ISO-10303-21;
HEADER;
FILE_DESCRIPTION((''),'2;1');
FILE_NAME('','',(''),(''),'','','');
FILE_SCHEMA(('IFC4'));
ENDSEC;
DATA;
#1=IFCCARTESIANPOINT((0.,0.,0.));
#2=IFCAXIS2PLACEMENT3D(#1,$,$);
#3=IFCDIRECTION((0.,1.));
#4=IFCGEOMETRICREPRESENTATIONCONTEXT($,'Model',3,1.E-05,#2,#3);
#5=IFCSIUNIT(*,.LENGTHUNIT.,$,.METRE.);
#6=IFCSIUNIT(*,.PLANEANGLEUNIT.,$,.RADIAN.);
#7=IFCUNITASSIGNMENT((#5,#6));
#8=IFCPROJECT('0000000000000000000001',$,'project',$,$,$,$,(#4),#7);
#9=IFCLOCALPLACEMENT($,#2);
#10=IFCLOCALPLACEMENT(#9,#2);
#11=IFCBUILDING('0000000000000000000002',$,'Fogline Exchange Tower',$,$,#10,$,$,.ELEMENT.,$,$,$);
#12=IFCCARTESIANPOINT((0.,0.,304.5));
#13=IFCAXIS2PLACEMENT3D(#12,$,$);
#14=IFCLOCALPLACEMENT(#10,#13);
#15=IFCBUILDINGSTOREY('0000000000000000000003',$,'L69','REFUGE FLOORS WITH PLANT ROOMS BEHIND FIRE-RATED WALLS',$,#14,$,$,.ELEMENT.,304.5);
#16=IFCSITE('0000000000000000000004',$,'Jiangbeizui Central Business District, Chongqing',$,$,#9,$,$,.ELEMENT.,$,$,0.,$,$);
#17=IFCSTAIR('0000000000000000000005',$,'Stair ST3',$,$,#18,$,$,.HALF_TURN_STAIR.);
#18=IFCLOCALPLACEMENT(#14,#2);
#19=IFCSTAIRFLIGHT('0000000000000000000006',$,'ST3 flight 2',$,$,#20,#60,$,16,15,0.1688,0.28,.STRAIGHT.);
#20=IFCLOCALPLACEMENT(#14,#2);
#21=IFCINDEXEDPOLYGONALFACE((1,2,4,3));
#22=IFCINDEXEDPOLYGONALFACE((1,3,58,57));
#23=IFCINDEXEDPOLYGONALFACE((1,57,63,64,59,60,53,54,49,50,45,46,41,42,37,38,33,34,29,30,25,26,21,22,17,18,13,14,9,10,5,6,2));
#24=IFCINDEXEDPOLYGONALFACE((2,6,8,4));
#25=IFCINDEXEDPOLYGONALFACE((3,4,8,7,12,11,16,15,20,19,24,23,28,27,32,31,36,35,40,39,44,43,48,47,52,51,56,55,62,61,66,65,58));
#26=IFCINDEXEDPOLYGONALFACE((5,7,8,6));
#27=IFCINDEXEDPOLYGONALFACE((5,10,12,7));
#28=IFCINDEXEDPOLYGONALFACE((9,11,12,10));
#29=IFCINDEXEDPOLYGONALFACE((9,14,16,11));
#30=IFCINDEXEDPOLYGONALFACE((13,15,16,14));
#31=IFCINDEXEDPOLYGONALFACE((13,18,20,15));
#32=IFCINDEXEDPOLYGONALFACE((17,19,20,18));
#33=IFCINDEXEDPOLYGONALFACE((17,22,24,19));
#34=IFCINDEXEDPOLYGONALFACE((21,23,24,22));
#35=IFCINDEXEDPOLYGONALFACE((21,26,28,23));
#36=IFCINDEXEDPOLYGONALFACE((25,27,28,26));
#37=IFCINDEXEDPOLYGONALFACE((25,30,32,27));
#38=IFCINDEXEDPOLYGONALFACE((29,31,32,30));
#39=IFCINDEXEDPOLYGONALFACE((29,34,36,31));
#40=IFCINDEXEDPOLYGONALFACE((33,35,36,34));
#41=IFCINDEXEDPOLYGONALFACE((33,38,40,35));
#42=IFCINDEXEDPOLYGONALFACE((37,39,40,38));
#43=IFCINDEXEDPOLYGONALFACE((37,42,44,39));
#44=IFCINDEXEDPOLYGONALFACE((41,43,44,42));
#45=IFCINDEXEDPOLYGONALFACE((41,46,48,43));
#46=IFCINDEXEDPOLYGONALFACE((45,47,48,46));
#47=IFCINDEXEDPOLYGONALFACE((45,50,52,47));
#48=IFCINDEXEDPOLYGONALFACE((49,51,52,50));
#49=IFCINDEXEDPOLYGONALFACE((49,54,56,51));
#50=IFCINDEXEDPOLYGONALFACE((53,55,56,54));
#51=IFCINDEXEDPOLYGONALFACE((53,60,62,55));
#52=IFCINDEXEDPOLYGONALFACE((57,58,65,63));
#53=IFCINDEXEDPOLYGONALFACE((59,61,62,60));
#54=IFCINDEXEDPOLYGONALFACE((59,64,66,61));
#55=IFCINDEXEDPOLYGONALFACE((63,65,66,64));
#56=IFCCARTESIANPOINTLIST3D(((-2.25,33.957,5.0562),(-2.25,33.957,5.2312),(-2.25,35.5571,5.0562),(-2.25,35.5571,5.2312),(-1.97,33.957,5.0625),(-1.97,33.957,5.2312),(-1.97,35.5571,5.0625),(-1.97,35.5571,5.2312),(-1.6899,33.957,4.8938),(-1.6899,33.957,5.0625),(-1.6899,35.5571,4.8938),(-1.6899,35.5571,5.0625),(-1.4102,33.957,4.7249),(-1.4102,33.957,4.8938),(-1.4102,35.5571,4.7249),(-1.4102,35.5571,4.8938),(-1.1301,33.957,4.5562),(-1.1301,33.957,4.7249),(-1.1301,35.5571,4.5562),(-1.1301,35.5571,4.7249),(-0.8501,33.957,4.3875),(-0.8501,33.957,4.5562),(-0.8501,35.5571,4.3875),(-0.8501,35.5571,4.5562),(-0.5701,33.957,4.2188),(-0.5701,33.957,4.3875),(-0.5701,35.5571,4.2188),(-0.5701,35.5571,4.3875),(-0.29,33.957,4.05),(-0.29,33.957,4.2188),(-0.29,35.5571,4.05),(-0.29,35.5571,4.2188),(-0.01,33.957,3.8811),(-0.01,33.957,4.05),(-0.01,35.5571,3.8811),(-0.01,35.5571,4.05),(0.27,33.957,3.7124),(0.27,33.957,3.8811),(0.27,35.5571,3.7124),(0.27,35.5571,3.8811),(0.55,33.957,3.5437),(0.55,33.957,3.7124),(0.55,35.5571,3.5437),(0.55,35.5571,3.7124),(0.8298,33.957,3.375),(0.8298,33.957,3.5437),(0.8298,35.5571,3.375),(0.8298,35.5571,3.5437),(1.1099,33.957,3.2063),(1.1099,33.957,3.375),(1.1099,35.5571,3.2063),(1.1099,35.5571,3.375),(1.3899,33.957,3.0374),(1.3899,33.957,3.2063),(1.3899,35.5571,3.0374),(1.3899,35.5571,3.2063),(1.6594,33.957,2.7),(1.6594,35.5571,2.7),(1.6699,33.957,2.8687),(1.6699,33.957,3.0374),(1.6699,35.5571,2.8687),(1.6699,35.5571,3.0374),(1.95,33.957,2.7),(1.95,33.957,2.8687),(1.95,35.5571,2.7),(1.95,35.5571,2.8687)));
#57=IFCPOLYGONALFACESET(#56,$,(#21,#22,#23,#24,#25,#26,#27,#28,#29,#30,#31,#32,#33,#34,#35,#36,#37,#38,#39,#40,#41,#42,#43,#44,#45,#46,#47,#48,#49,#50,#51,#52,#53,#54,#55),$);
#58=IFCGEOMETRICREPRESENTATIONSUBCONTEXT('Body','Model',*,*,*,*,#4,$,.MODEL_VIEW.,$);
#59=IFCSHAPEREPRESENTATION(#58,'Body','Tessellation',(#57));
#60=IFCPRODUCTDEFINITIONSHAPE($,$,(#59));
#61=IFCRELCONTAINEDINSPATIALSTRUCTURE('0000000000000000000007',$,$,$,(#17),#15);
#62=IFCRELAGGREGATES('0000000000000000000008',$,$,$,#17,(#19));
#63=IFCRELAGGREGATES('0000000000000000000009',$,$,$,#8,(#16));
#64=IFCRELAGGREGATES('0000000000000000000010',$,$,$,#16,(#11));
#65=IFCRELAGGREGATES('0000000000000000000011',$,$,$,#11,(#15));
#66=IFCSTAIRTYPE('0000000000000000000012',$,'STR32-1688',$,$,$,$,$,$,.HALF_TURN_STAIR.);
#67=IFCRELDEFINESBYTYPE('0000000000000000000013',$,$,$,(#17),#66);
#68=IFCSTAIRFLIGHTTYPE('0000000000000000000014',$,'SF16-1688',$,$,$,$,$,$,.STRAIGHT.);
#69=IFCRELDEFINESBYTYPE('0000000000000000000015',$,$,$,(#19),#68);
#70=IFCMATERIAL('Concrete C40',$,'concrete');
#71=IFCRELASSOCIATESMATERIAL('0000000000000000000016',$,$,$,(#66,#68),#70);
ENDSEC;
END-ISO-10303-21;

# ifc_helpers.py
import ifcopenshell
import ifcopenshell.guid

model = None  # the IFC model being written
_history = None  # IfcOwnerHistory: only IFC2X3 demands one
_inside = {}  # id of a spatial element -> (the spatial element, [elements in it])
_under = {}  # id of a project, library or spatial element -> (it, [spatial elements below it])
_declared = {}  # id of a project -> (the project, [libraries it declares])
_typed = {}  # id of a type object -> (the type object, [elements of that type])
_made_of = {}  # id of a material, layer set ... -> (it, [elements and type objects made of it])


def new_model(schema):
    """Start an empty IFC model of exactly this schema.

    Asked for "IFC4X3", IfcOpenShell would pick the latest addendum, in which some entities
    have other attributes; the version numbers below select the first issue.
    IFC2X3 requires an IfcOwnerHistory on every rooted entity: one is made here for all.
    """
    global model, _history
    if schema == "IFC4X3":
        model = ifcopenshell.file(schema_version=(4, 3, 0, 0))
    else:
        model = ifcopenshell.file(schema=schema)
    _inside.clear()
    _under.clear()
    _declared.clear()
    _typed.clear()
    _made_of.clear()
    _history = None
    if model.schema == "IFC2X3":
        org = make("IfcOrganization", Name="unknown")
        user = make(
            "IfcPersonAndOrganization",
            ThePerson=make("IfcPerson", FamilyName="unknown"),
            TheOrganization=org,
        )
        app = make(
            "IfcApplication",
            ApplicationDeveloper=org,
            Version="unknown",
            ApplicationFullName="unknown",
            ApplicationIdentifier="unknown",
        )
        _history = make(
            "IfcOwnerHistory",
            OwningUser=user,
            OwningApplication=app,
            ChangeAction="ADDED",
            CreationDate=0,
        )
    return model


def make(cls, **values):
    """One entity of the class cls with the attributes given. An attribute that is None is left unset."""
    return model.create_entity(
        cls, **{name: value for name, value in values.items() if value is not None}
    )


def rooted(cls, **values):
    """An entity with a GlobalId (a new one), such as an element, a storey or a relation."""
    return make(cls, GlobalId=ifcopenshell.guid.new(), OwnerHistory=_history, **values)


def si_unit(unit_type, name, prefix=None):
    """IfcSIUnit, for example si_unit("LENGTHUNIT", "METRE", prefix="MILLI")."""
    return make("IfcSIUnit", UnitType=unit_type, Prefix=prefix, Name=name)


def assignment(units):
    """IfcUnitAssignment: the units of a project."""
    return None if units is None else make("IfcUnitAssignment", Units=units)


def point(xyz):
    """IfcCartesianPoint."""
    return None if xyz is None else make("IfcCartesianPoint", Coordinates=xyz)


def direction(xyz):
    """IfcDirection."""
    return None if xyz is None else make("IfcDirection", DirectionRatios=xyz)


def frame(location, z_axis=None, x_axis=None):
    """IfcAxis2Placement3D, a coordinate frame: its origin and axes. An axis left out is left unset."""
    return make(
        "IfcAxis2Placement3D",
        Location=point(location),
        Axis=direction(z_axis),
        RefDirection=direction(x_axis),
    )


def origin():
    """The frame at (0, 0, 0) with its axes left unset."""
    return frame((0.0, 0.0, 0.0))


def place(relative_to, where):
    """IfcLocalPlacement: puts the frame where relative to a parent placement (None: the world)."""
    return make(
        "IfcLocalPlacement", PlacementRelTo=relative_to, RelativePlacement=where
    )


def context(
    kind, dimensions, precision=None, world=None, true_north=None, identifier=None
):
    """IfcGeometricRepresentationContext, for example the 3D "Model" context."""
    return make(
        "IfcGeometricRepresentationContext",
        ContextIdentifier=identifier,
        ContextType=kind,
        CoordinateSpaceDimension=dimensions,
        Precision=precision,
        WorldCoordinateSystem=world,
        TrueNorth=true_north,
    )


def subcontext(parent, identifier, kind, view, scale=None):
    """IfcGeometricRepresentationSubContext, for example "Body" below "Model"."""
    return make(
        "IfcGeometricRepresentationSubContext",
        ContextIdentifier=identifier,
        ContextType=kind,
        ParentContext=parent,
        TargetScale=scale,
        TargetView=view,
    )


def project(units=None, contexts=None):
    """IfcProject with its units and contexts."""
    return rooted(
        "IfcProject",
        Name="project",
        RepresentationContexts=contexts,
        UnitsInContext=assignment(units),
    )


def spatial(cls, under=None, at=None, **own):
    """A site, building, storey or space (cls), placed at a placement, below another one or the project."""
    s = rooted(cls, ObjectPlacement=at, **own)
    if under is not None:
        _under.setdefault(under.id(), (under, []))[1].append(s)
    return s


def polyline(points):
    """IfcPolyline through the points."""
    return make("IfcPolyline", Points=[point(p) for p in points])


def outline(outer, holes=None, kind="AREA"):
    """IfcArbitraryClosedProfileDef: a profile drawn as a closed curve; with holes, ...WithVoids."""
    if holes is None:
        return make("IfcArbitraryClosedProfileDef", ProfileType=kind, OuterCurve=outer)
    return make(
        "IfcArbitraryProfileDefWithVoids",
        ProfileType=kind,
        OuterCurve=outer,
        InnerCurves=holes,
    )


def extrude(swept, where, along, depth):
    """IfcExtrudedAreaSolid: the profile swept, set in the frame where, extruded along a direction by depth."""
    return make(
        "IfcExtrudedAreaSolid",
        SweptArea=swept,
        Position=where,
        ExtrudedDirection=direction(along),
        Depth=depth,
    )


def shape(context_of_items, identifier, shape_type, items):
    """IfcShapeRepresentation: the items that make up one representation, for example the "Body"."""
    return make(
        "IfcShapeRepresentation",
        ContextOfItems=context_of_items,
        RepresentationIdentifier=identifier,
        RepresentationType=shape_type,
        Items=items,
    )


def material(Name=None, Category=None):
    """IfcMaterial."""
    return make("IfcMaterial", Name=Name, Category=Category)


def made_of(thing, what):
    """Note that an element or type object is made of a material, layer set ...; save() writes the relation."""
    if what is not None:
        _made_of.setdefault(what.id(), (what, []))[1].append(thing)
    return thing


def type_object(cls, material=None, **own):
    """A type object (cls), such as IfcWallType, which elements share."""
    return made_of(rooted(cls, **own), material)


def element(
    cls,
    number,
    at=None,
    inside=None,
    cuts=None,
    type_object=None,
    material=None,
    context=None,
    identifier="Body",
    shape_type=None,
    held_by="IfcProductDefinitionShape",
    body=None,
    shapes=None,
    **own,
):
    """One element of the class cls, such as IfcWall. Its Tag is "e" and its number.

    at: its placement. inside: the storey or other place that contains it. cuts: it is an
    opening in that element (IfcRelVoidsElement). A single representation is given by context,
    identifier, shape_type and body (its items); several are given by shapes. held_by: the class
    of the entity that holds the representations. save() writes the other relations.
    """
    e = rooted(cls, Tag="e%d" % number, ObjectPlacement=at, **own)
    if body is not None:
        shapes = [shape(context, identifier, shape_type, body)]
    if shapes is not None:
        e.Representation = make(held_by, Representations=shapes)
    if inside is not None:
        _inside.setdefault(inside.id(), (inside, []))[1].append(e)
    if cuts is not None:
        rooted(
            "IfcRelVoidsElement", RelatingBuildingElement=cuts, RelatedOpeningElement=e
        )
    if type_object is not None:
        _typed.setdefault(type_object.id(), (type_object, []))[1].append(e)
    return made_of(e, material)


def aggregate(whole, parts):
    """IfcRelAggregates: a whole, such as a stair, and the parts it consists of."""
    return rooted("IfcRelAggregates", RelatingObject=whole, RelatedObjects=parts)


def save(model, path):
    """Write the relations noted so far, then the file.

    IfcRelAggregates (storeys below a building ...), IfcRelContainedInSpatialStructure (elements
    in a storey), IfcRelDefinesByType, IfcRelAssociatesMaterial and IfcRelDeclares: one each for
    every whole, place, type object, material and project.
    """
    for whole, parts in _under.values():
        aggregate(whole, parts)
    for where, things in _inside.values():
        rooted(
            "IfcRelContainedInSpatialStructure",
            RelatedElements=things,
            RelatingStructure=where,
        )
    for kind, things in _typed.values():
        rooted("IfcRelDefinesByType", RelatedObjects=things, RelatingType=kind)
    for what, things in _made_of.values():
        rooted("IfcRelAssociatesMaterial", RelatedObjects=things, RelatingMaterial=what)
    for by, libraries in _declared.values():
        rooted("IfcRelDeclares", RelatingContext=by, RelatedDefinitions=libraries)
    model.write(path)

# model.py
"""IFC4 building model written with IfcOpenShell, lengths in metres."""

from ifc_helpers import new_model, si_unit, direction, frame, origin, place, context, subcontext, project, spatial, polyline, outline, extrude, material, type_object, element, aggregate, save


model = new_model("IFC4")

# Units and contexts
model_context = context("Model", 3, precision=1e-05, world=origin(), true_north=direction((0.0, 1.0)))
body_context = subcontext(model_context, "Body", "Model", "MODEL_VIEW")
ifc_project = project(units=[si_unit("LENGTHUNIT", "METRE"), si_unit("PLANEANGLEUNIT", "RADIAN")], contexts=[model_context])

# Site, building, storey
site_placement = place(None, origin())
site = spatial("IfcSite", under=ifc_project, at=site_placement, Name="Jiangbeizui Central Business District, Chongqing", CompositionType="ELEMENT", RefElevation=0.0)
building_placement = place(site_placement, origin())
building = spatial("IfcBuilding", under=site, at=building_placement, Name="Fogline Exchange Tower", CompositionType="ELEMENT")
storey_placement = place(building_placement, frame((0.0, 0.0, 304.5)))
storey = spatial("IfcBuildingStorey", under=building, at=storey_placement, Name="L69", Description="REFUGE FLOORS WITH PLANT ROOMS BEHIND FIRE-RATED WALLS", CompositionType="ELEMENT", Elevation=304.5)

# Shared definitions
ifc_material_1 = material(Name="Concrete C40", Category="concrete")

# Stair, stair flight
stair_type = type_object("IfcStairType", Name="STR32-1688", PredefinedType="HALF_TURN_STAIR", material=ifc_material_1)
stair_placement = place(storey_placement, origin())
stair = element("IfcStair", 1, at=stair_placement, inside=storey, type_object=stair_type, Name="Stair ST3", PredefinedType="HALF_TURN_STAIR")
stair_flight_type = type_object("IfcStairFlightType", Name="SF16-1688", PredefinedType="STRAIGHT", material=ifc_material_1)
stair_flight_placement = place(storey_placement, frame((1.95, 34.7571, 2.7), z_axis=(0.0, 0.0, 1.0), x_axis=(-1.0, 0.0, 0.0)))
stair_flight = element("IfcStairFlight", 2, at=stair_flight_placement, type_object=stair_flight_type, Name="ST3 flight 2", NumberOfRisers=16, NumberOfTreads=15, PredefinedType="STRAIGHT", RiserHeight=0.1688, TreadLength=0.28, context=body_context, shape_type="SweptSolid", body=[
    extrude(outline(polyline([(0.0, 0.0), (0.0, 0.1687), (0.28, 0.1687), (0.28, 0.3374), (0.5601, 0.3374), (0.5601, 0.5063), (0.8401, 0.5063), (0.8401, 0.675), (1.1201, 0.675), (1.1201, 0.8438), (1.3999, 0.8438), (1.3999, 1.0125), (1.6799, 1.0125), (1.6799, 1.1812), (1.96, 1.1812), (1.96, 1.3501), (2.24, 1.3501), (2.24, 1.5188), (2.52, 1.5188), (2.52, 1.6875), (2.8, 1.6875), (2.8, 1.8562), (3.0801, 1.8562), (3.0801, 2.0249), (3.3601, 2.0249), (3.3601, 2.1938), (3.6399, 2.1938), (3.6399, 2.3625), (3.9199, 2.3625), (3.9199, 2.5312), (4.2, 2.5312), (4.2, 2.7), (4.2, 2.3562), (0.2905, 0.0), (0.0, 0.0)])), frame((0.0, 0.8, 0.0), z_axis=(0.0, -1.0, 0.0), x_axis=(1.0, 0.0, 0.0)), (0.0, 0.0, 1.0), 1.6001),
])
aggregate(stair, [stair_flight])

save(model, "model.ifc")
